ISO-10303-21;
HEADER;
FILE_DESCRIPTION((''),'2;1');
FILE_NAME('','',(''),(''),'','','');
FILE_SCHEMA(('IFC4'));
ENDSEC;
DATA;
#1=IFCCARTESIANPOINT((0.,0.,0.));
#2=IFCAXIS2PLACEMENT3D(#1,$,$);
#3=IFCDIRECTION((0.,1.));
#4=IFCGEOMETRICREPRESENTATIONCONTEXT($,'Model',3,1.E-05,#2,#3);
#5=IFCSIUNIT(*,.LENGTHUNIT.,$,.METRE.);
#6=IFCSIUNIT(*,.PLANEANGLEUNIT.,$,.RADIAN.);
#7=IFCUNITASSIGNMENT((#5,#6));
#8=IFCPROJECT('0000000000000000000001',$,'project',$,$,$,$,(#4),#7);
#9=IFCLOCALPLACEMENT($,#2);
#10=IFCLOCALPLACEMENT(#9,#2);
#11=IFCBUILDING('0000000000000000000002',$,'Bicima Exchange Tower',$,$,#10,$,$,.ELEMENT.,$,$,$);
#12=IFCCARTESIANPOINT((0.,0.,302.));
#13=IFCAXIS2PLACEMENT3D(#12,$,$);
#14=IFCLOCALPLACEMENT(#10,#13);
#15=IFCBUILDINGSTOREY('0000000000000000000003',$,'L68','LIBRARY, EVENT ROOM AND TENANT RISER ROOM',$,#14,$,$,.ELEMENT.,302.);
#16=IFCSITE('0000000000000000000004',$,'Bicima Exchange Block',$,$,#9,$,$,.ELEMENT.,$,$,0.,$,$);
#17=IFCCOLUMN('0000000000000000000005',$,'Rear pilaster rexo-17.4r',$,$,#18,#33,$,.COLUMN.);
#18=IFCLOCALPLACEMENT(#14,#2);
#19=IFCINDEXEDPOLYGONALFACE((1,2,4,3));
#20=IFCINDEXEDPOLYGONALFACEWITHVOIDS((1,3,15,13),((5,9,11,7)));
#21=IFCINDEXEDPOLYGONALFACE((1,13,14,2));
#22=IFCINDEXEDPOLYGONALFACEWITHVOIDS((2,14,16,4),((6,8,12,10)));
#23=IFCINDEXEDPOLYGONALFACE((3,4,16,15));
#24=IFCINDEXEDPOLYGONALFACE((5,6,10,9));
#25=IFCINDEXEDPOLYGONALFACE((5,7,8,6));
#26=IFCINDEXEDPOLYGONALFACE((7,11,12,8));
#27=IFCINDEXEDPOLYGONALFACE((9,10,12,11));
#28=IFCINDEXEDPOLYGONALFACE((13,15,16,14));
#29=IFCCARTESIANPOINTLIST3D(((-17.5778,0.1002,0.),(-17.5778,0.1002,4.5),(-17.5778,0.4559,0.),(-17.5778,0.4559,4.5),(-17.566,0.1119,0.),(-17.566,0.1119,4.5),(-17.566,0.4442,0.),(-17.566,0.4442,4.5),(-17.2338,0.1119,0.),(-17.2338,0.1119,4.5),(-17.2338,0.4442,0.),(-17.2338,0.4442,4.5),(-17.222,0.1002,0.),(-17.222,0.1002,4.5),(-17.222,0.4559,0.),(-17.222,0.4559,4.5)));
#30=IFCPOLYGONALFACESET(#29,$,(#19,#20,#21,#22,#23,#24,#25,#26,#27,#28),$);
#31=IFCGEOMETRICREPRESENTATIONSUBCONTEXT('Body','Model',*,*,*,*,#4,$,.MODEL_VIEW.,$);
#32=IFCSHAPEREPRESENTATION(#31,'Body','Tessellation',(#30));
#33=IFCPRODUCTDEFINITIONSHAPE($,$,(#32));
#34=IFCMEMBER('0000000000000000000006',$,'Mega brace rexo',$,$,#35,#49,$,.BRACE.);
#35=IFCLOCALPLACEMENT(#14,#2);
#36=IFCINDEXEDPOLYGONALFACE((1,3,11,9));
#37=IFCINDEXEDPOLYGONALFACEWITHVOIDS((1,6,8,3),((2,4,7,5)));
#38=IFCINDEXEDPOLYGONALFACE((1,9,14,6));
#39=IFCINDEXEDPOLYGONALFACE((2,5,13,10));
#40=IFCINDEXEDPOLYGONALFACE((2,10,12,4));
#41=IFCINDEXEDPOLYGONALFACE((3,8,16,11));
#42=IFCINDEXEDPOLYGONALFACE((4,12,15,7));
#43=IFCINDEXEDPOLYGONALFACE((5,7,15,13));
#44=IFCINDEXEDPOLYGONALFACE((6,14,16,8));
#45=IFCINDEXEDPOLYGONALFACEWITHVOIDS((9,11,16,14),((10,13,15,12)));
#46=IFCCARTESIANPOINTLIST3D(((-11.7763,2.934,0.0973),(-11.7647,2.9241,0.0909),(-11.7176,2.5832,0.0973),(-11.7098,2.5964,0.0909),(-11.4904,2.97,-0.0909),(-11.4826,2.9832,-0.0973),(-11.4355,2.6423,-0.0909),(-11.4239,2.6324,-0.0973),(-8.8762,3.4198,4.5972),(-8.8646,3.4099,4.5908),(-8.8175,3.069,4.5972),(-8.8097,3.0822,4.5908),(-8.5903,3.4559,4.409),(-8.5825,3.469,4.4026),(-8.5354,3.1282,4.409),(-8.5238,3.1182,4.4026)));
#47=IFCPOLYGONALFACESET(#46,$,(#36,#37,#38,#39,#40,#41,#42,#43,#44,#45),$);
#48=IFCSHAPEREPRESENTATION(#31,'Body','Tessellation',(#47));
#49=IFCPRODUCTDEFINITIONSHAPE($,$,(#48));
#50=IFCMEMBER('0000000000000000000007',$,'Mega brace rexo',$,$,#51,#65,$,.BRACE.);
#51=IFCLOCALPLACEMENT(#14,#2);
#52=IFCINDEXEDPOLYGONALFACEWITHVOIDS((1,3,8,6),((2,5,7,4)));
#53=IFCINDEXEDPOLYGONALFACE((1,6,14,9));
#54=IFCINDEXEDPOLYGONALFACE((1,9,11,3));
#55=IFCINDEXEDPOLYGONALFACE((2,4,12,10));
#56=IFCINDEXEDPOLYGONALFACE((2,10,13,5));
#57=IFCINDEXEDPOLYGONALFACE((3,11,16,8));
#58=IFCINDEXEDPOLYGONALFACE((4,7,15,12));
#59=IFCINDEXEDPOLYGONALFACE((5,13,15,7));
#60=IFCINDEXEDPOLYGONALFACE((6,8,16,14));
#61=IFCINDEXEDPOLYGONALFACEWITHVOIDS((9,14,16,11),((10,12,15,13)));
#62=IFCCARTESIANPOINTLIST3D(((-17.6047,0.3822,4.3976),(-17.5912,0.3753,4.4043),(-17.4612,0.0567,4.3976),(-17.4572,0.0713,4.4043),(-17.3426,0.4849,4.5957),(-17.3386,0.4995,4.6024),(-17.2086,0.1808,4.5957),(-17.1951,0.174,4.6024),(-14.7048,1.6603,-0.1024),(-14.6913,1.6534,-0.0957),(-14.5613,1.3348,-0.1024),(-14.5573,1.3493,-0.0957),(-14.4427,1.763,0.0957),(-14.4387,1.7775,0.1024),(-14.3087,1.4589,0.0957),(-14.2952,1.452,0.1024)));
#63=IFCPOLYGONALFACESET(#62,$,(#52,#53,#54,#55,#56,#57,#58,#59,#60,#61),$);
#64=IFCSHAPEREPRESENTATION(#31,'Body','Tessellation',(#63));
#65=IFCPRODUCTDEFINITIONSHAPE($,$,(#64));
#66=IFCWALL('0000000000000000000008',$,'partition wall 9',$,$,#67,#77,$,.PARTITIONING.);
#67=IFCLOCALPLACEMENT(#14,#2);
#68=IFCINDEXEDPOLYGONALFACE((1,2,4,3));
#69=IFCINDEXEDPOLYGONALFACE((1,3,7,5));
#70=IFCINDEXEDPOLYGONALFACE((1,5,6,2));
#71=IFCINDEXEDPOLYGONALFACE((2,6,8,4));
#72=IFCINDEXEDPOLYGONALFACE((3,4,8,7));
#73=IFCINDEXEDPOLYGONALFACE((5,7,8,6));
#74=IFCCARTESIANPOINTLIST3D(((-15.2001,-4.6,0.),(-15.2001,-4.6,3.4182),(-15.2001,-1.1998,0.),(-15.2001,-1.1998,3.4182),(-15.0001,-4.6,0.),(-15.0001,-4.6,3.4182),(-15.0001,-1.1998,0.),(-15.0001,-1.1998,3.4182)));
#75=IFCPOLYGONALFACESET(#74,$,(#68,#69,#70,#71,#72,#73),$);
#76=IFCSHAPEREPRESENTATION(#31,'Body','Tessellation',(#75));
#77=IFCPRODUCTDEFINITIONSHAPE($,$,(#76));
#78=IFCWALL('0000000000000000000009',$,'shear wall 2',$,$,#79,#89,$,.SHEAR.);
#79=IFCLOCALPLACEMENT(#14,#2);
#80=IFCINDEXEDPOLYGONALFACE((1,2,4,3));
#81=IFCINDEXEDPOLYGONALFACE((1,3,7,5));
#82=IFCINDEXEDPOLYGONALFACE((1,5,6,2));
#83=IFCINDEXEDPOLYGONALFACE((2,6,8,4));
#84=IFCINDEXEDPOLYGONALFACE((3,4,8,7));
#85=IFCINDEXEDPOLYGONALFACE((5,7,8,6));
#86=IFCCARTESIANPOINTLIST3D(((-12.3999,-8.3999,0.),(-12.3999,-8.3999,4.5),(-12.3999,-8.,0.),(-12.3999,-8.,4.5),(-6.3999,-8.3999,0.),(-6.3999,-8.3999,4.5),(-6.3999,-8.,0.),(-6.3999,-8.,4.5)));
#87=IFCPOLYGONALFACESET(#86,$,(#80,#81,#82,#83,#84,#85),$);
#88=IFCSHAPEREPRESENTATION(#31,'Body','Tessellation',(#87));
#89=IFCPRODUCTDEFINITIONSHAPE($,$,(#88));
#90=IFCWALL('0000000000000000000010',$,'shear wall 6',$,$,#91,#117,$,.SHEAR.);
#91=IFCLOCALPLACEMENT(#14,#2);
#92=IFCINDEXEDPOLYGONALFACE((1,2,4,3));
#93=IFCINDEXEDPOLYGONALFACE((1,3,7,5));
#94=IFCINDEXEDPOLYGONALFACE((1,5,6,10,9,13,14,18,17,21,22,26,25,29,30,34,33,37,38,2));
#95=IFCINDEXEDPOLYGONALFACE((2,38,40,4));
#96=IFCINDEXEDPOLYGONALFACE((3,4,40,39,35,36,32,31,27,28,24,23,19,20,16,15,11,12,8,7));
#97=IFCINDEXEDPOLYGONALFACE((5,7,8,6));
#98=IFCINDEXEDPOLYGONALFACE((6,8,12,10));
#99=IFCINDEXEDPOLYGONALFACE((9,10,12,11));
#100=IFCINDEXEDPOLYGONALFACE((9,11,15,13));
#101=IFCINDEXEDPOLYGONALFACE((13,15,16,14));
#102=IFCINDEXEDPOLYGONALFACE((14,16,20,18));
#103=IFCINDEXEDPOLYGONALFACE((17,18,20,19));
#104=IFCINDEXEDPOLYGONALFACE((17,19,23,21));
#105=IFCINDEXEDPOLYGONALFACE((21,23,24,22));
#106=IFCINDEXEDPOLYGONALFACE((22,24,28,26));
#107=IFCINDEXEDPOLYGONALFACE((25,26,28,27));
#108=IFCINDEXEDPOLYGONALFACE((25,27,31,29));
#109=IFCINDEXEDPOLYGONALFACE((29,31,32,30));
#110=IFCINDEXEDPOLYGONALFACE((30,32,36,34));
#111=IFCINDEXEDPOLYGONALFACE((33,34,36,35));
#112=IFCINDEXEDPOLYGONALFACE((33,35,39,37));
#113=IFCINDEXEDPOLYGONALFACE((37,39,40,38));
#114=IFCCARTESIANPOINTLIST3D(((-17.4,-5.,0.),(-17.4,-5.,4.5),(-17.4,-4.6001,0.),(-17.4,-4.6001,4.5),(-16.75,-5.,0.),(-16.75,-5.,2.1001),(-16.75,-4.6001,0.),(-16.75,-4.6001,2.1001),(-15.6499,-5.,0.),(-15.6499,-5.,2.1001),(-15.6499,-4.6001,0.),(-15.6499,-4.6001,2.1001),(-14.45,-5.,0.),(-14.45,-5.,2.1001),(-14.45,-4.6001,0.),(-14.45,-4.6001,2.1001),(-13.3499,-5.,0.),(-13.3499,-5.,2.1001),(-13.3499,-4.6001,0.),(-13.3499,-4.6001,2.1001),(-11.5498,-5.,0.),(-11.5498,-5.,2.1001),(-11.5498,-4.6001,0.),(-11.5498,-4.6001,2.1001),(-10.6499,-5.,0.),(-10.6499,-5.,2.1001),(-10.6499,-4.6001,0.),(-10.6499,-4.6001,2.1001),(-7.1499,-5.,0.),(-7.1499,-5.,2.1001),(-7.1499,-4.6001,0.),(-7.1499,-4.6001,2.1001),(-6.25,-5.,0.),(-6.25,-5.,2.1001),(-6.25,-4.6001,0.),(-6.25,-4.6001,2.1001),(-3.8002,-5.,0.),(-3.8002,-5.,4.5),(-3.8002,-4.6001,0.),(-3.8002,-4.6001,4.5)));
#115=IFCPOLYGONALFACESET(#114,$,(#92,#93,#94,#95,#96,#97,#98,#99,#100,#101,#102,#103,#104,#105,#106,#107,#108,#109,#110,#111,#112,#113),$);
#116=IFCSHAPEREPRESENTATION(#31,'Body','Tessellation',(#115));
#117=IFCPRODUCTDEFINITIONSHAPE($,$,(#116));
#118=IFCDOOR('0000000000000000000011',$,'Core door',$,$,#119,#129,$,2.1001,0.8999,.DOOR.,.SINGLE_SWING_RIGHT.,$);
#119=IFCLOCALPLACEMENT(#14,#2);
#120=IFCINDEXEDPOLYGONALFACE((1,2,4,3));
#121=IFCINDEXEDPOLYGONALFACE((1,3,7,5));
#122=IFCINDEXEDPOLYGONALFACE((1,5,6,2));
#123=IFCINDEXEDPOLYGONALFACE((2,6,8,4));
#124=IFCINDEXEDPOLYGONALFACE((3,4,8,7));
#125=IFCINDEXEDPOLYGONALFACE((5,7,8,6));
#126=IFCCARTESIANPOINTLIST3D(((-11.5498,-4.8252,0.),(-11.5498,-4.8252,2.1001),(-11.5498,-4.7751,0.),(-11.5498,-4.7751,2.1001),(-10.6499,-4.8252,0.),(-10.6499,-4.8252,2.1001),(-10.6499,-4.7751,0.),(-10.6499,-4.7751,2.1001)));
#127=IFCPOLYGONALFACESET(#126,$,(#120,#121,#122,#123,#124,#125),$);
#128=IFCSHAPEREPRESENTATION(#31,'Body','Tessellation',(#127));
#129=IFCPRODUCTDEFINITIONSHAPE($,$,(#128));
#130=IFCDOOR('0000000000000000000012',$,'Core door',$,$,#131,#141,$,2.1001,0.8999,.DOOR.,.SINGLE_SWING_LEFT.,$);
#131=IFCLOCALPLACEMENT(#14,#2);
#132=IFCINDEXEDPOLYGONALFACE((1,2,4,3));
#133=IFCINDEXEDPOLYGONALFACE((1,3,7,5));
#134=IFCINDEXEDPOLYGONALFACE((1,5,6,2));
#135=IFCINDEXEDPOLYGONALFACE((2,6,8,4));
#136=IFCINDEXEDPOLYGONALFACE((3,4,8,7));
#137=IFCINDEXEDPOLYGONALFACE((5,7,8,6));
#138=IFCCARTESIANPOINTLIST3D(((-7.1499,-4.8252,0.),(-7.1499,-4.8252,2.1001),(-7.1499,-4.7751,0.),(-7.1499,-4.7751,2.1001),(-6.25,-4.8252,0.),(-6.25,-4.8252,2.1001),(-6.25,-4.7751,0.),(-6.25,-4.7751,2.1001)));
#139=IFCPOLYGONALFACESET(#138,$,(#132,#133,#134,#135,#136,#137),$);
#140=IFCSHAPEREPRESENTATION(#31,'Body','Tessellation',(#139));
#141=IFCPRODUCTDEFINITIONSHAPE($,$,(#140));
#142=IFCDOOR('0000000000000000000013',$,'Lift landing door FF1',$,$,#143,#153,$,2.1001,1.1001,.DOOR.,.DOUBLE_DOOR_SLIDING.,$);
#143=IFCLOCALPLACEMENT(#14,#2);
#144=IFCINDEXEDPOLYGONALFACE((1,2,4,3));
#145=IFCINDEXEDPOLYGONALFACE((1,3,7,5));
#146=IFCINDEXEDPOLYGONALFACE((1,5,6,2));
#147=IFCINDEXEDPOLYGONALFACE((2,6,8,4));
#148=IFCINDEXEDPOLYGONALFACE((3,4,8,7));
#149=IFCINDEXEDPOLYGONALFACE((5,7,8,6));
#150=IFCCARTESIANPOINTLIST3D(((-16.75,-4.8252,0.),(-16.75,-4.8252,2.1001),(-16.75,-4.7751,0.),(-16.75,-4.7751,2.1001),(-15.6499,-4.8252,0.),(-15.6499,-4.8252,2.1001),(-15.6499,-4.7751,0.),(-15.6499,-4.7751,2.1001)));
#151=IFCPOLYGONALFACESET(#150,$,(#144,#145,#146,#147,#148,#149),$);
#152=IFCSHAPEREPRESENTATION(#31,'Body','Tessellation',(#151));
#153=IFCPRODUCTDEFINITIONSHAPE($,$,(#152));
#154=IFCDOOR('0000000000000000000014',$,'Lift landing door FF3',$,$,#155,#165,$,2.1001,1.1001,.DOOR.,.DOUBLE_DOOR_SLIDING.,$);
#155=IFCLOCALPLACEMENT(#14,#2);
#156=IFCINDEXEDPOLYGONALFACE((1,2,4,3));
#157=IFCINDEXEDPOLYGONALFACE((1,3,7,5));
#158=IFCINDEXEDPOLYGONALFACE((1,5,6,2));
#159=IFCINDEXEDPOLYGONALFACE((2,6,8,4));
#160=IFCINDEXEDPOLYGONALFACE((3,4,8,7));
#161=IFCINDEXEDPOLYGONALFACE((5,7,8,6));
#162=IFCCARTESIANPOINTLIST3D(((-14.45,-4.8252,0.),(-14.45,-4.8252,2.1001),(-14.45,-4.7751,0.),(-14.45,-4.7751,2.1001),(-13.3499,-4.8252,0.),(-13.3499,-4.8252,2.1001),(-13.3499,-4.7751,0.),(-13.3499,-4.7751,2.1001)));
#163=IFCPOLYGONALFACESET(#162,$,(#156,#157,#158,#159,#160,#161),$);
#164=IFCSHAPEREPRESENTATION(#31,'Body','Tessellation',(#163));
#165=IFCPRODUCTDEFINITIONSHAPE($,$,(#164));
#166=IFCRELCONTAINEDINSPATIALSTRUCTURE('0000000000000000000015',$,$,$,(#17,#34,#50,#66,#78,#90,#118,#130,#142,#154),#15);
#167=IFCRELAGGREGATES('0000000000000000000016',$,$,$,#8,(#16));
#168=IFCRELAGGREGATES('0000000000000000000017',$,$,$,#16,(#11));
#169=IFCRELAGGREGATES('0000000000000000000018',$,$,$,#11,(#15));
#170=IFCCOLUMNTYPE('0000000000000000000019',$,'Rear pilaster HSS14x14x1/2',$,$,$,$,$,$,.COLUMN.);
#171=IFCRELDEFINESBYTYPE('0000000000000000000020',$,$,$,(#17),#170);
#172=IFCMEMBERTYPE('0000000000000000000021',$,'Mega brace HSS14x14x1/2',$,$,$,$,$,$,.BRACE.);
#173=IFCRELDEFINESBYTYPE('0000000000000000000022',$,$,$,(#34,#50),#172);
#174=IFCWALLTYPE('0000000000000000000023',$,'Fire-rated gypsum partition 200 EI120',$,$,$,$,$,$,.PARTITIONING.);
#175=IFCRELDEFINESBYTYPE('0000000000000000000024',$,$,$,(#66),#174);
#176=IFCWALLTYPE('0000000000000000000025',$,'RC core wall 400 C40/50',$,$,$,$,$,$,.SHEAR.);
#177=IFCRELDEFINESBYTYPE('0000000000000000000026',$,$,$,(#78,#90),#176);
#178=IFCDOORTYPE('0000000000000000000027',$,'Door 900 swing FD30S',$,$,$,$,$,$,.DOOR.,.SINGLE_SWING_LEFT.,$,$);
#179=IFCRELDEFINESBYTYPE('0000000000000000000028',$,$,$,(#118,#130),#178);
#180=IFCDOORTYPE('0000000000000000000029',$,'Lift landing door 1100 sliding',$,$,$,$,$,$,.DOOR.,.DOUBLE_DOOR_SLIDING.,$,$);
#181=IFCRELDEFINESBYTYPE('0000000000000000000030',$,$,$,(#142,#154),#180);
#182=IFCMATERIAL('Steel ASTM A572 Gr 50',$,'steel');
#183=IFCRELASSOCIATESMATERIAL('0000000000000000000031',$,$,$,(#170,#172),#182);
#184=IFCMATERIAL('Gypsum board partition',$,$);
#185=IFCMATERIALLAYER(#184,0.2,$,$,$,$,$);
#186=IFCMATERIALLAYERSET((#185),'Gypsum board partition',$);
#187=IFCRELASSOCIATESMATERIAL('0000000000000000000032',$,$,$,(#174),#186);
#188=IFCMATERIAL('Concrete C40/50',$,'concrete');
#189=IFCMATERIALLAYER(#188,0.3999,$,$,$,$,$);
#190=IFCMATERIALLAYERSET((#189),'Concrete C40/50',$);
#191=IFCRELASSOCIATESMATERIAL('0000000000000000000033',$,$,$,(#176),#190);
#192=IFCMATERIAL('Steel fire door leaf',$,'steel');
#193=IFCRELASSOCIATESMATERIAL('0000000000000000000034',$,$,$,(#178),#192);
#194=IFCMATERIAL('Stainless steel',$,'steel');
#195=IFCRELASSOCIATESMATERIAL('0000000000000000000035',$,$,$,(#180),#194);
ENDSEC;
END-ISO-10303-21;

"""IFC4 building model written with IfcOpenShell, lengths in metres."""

from ifc_helpers import new_model, si_unit, direction, frame, frame_2d, origin, origin_2d, place, context, subcontext, project, spatial, rectangle, hollow_rectangle, extrude, material, layer, layer_set, material_profile, profile_set, type_object, element, fill, save


model = new_model("IFC4")

# Units and contexts
model_context = context("Model", 3, precision=1e-05, world=origin(), true_north=direction((0.0, 1.0)))
body_context = subcontext(model_context, "Body", "Model", "MODEL_VIEW")
ifc_project = project(units=[si_unit("LENGTHUNIT", "METRE"), si_unit("PLANEANGLEUNIT", "RADIAN")], contexts=[model_context])

# Site, building, storey
site_placement = place(None, origin())
site = spatial("IfcSite", under=ifc_project, at=site_placement, Name="Bicima Exchange Block", CompositionType="ELEMENT", RefElevation=0.0)
building_placement = place(site_placement, origin())
building = spatial("IfcBuilding", under=site, at=building_placement, Name="Bicima Exchange Tower", CompositionType="ELEMENT")
storey_placement = place(building_placement, frame((0.0, 0.0, 302.0)))
storey = spatial("IfcBuildingStorey", under=building, at=storey_placement, Name="L68", Description="LIBRARY, EVENT ROOM AND TENANT RISER ROOM", CompositionType="ELEMENT", Elevation=302.0)

# Column
ifc_material_1 = material(Name="Steel ASTM A572 Gr 50", Category="steel")
ifc_material_profile = material_profile(ifc_material_1, hollow_rectangle(XDim=0.3557, YDim=0.3557, WallThickness=0.0117, at=origin_2d()))
ifc_profile_set = profile_set([ifc_material_profile], Name="Steel ASTM A572 Gr 50")
column_type = type_object("IfcColumnType", Name="Rear pilaster HSS14x14x1/2", PredefinedType="COLUMN", material=ifc_profile_set)
column_placement = place(storey_placement, frame((-17.3999, 0.2781, 0.0), z_axis=(0.0, 0.0, 1.0), x_axis=(1.0, 0.0, 0.0)))
element("IfcColumn", 1, at=column_placement, inside=storey, type_object=column_type, Name="Rear pilaster rexo-17.4r", PredefinedType="COLUMN", context=body_context, shape_type="SweptSolid", body=[
    extrude(hollow_rectangle(XDim=0.3557, YDim=0.3557, WallThickness=0.0117, at=origin_2d()), origin(), (0.0, 0.0, 1.0), 4.5),
])

# Members
member_type = type_object("IfcMemberType", Name="Mega brace HSS14x14x1/2", PredefinedType="BRACE", material=ifc_profile_set)
member_1_placement = place(storey_placement, frame((-11.6001, 2.7832, 0.0), z_axis=(0.539504, 0.090379, 0.837119), x_axis=(-0.16522, 0.986257, 0.0)))
element("IfcMember", 2, at=member_1_placement, inside=storey, type_object=member_type, Name="Mega brace rexo", PredefinedType="BRACE", context=body_context, shape_type="SweptSolid", body=[
    extrude(hollow_rectangle(XDim=0.3557, YDim=0.3557, WallThickness=0.0117, at=origin_2d()), origin(), (0.0, 0.0, 1.0), 5.3755),
])
member_2_placement = place(storey_placement, frame((-14.5, 1.5562, 0.0), z_axis=(-0.526881, -0.232213, 0.817602), x_axis=(0.403299, -0.915068, 0.0)))
element("IfcMember", 3, at=member_2_placement, inside=storey, type_object=member_type, Name="Mega brace rexo", PredefinedType="BRACE", context=body_context, shape_type="SweptSolid", body=[
    extrude(hollow_rectangle(XDim=0.3557, YDim=0.3557, WallThickness=0.0117, at=origin_2d()), origin(), (0.0, 0.0, 1.0), 5.5039),
])

# Walls
ifc_material_2 = material(Name="Gypsum board partition")
ifc_layer_1 = layer(ifc_material_2, 0.2)
ifc_layer_set_1 = layer_set([ifc_layer_1], Name="Gypsum board partition")
wall_type_1 = type_object("IfcWallType", Name="Fire-rated gypsum partition 200 EI120", PredefinedType="PARTITIONING", material=ifc_layer_set_1)
wall_1_placement = place(storey_placement, frame((-15.1001, -4.6001, 0.0), z_axis=(0.0, 0.0, 1.0), x_axis=(0.0, 1.0, 0.0)))
element("IfcWall", 4, at=wall_1_placement, inside=storey, type_object=wall_type_1, Name="partition wall 9", PredefinedType="PARTITIONING", context=body_context, shape_type="SweptSolid", body=[
    extrude(rectangle(XDim=3.4001, YDim=0.2, at=frame_2d((1.7002, 0.0))), origin(), (0.0, 0.0, 1.0), 3.4182),
])
ifc_material_3 = material(Name="Concrete C40/50", Category="concrete")
ifc_layer_2 = layer(ifc_material_3, 0.3999)
ifc_layer_set_2 = layer_set([ifc_layer_2], Name="Concrete C40/50")
wall_type_2 = type_object("IfcWallType", Name="RC core wall 400 C40/50", PredefinedType="SHEAR", material=ifc_layer_set_2)
wall_2_placement = place(storey_placement, frame((-12.3999, -8.2, 0.0), z_axis=(0.0, 0.0, 1.0), x_axis=(1.0, 0.0, 0.0)))
element("IfcWall", 5, at=wall_2_placement, inside=storey, type_object=wall_type_2, Name="shear wall 2", PredefinedType="SHEAR", context=body_context, shape_type="SweptSolid", body=[
    extrude(rectangle(XDim=6.0, YDim=0.3999, at=frame_2d((3.0, 0.0))), origin(), (0.0, 0.0, 1.0), 4.5),
])

# Wall, openings, doors
wall_3_placement = place(storey_placement, frame((-17.3999, -4.8, 0.0), z_axis=(0.0, 0.0, 1.0), x_axis=(1.0, 0.0, 0.0)))
wall_3 = element("IfcWall", 6, at=wall_3_placement, inside=storey, type_object=wall_type_2, Name="shear wall 6", PredefinedType="SHEAR", context=body_context, shape_type="SweptSolid", body=[
    extrude(rectangle(XDim=13.5999, YDim=0.3999, at=frame_2d((6.7998, 0.0))), origin(), (0.0, 0.0, 1.0), 4.5),
])
opening_1_placement = place(wall_3_placement, frame((0.6499, 0.0, 0.0)))
opening_1 = element("IfcOpeningElement", 7, at=opening_1_placement, cuts=wall_3, PredefinedType="OPENING", context=body_context, shape_type="SweptSolid", body=[
    extrude(rectangle(XDim=1.1001, YDim=2.1001, at=frame_2d((0.55, 1.05))), frame((0.0, 0.2119, 0.0), z_axis=(0.0, -1.0, 0.0), x_axis=(1.0, 0.0, 0.0)), (0.0, 0.0, 1.0), 0.4238),
])
opening_2_placement = place(wall_3_placement, frame((2.95, 0.0, 0.0)))
opening_2 = element("IfcOpeningElement", 8, at=opening_2_placement, cuts=wall_3, PredefinedType="OPENING", context=body_context, shape_type="SweptSolid", body=[
    extrude(rectangle(XDim=1.1001, YDim=2.1001, at=frame_2d((0.55, 1.05))), frame((0.0, 0.2119, 0.0), z_axis=(0.0, -1.0, 0.0), x_axis=(1.0, 0.0, 0.0)), (0.0, 0.0, 1.0), 0.4238),
])
opening_3_placement = place(wall_3_placement, frame((5.8501, 0.0, 0.0)))
opening_3 = element("IfcOpeningElement", 9, at=opening_3_placement, cuts=wall_3, PredefinedType="OPENING", context=body_context, shape_type="SweptSolid", body=[
    extrude(rectangle(XDim=0.8999, YDim=2.1001, at=frame_2d((0.45, 1.05))), frame((0.0, 0.2119, 0.0), z_axis=(0.0, -1.0, 0.0), x_axis=(1.0, 0.0, 0.0)), (0.0, 0.0, 1.0), 0.4238),
])
opening_4_placement = place(wall_3_placement, frame((10.25, 0.0, 0.0)))
opening_4 = element("IfcOpeningElement", 10, at=opening_4_placement, cuts=wall_3, PredefinedType="OPENING", context=body_context, shape_type="SweptSolid", body=[
    extrude(rectangle(XDim=0.8999, YDim=2.1001, at=frame_2d((0.45, 1.05))), frame((0.0, 0.2119, 0.0), z_axis=(0.0, -1.0, 0.0), x_axis=(1.0, 0.0, 0.0)), (0.0, 0.0, 1.0), 0.4238),
])
ifc_material_4 = material(Name="Steel fire door leaf", Category="steel")
door_type_1 = type_object("IfcDoorType", Name="Door 900 swing FD30S", OperationType="SINGLE_SWING_LEFT", PredefinedType="DOOR", material=ifc_material_4)
door_1_placement = place(opening_3_placement, origin())
door_1 = element("IfcDoor", 11, at=door_1_placement, inside=storey, type_object=door_type_1, Name="Core door", OperationType="SINGLE_SWING_RIGHT", OverallHeight=2.1001, OverallWidth=0.8999, PredefinedType="DOOR", context=body_context, shape_type="SweptSolid", body=[
    extrude(rectangle(XDim=0.8999, YDim=2.1001, at=frame_2d((0.45, 1.05))), frame((0.0, 0.0249, 0.0), z_axis=(0.0, -1.0, 0.0), x_axis=(1.0, 0.0, 0.0)), (0.0, 0.0, 1.0), 0.05),
])
fill(opening_3, door_1)
door_2_placement = place(opening_4_placement, origin())
door_2 = element("IfcDoor", 12, at=door_2_placement, inside=storey, type_object=door_type_1, Name="Core door", OperationType="SINGLE_SWING_LEFT", OverallHeight=2.1001, OverallWidth=0.8999, PredefinedType="DOOR", context=body_context, shape_type="SweptSolid", body=[
    extrude(rectangle(XDim=0.8999, YDim=2.1001, at=frame_2d((0.45, 1.05))), frame((0.0, 0.0249, 0.0), z_axis=(0.0, -1.0, 0.0), x_axis=(1.0, 0.0, 0.0)), (0.0, 0.0, 1.0), 0.05),
])
fill(opening_4, door_2)
ifc_material_5 = material(Name="Stainless steel", Category="steel")
door_type_2 = type_object("IfcDoorType", Name="Lift landing door 1100 sliding", OperationType="DOUBLE_DOOR_SLIDING", PredefinedType="DOOR", material=ifc_material_5)
door_3_placement = place(opening_1_placement, origin())
door_3 = element("IfcDoor", 13, at=door_3_placement, inside=storey, type_object=door_type_2, Name="Lift landing door FF1", OperationType="DOUBLE_DOOR_SLIDING", OverallHeight=2.1001, OverallWidth=1.1001, PredefinedType="DOOR", context=body_context, shape_type="SweptSolid", body=[
    extrude(rectangle(XDim=1.1001, YDim=2.1001, at=frame_2d((0.55, 1.05))), frame((0.0, 0.0249, 0.0), z_axis=(0.0, -1.0, 0.0), x_axis=(1.0, 0.0, 0.0)), (0.0, 0.0, 1.0), 0.05),
])
fill(opening_1, door_3)
door_4_placement = place(opening_2_placement, origin())
door_4 = element("IfcDoor", 14, at=door_4_placement, inside=storey, type_object=door_type_2, Name="Lift landing door FF3", OperationType="DOUBLE_DOOR_SLIDING", OverallHeight=2.1001, OverallWidth=1.1001, PredefinedType="DOOR", context=body_context, shape_type="SweptSolid", body=[
    extrude(rectangle(XDim=1.1001, YDim=2.1001, at=frame_2d((0.55, 1.05))), frame((0.0, 0.0249, 0.0), z_axis=(0.0, -1.0, 0.0), x_axis=(1.0, 0.0, 0.0)), (0.0, 0.0, 1.0), 0.05),
])
fill(opening_2, door_4)

save(model, "model.ifc")
